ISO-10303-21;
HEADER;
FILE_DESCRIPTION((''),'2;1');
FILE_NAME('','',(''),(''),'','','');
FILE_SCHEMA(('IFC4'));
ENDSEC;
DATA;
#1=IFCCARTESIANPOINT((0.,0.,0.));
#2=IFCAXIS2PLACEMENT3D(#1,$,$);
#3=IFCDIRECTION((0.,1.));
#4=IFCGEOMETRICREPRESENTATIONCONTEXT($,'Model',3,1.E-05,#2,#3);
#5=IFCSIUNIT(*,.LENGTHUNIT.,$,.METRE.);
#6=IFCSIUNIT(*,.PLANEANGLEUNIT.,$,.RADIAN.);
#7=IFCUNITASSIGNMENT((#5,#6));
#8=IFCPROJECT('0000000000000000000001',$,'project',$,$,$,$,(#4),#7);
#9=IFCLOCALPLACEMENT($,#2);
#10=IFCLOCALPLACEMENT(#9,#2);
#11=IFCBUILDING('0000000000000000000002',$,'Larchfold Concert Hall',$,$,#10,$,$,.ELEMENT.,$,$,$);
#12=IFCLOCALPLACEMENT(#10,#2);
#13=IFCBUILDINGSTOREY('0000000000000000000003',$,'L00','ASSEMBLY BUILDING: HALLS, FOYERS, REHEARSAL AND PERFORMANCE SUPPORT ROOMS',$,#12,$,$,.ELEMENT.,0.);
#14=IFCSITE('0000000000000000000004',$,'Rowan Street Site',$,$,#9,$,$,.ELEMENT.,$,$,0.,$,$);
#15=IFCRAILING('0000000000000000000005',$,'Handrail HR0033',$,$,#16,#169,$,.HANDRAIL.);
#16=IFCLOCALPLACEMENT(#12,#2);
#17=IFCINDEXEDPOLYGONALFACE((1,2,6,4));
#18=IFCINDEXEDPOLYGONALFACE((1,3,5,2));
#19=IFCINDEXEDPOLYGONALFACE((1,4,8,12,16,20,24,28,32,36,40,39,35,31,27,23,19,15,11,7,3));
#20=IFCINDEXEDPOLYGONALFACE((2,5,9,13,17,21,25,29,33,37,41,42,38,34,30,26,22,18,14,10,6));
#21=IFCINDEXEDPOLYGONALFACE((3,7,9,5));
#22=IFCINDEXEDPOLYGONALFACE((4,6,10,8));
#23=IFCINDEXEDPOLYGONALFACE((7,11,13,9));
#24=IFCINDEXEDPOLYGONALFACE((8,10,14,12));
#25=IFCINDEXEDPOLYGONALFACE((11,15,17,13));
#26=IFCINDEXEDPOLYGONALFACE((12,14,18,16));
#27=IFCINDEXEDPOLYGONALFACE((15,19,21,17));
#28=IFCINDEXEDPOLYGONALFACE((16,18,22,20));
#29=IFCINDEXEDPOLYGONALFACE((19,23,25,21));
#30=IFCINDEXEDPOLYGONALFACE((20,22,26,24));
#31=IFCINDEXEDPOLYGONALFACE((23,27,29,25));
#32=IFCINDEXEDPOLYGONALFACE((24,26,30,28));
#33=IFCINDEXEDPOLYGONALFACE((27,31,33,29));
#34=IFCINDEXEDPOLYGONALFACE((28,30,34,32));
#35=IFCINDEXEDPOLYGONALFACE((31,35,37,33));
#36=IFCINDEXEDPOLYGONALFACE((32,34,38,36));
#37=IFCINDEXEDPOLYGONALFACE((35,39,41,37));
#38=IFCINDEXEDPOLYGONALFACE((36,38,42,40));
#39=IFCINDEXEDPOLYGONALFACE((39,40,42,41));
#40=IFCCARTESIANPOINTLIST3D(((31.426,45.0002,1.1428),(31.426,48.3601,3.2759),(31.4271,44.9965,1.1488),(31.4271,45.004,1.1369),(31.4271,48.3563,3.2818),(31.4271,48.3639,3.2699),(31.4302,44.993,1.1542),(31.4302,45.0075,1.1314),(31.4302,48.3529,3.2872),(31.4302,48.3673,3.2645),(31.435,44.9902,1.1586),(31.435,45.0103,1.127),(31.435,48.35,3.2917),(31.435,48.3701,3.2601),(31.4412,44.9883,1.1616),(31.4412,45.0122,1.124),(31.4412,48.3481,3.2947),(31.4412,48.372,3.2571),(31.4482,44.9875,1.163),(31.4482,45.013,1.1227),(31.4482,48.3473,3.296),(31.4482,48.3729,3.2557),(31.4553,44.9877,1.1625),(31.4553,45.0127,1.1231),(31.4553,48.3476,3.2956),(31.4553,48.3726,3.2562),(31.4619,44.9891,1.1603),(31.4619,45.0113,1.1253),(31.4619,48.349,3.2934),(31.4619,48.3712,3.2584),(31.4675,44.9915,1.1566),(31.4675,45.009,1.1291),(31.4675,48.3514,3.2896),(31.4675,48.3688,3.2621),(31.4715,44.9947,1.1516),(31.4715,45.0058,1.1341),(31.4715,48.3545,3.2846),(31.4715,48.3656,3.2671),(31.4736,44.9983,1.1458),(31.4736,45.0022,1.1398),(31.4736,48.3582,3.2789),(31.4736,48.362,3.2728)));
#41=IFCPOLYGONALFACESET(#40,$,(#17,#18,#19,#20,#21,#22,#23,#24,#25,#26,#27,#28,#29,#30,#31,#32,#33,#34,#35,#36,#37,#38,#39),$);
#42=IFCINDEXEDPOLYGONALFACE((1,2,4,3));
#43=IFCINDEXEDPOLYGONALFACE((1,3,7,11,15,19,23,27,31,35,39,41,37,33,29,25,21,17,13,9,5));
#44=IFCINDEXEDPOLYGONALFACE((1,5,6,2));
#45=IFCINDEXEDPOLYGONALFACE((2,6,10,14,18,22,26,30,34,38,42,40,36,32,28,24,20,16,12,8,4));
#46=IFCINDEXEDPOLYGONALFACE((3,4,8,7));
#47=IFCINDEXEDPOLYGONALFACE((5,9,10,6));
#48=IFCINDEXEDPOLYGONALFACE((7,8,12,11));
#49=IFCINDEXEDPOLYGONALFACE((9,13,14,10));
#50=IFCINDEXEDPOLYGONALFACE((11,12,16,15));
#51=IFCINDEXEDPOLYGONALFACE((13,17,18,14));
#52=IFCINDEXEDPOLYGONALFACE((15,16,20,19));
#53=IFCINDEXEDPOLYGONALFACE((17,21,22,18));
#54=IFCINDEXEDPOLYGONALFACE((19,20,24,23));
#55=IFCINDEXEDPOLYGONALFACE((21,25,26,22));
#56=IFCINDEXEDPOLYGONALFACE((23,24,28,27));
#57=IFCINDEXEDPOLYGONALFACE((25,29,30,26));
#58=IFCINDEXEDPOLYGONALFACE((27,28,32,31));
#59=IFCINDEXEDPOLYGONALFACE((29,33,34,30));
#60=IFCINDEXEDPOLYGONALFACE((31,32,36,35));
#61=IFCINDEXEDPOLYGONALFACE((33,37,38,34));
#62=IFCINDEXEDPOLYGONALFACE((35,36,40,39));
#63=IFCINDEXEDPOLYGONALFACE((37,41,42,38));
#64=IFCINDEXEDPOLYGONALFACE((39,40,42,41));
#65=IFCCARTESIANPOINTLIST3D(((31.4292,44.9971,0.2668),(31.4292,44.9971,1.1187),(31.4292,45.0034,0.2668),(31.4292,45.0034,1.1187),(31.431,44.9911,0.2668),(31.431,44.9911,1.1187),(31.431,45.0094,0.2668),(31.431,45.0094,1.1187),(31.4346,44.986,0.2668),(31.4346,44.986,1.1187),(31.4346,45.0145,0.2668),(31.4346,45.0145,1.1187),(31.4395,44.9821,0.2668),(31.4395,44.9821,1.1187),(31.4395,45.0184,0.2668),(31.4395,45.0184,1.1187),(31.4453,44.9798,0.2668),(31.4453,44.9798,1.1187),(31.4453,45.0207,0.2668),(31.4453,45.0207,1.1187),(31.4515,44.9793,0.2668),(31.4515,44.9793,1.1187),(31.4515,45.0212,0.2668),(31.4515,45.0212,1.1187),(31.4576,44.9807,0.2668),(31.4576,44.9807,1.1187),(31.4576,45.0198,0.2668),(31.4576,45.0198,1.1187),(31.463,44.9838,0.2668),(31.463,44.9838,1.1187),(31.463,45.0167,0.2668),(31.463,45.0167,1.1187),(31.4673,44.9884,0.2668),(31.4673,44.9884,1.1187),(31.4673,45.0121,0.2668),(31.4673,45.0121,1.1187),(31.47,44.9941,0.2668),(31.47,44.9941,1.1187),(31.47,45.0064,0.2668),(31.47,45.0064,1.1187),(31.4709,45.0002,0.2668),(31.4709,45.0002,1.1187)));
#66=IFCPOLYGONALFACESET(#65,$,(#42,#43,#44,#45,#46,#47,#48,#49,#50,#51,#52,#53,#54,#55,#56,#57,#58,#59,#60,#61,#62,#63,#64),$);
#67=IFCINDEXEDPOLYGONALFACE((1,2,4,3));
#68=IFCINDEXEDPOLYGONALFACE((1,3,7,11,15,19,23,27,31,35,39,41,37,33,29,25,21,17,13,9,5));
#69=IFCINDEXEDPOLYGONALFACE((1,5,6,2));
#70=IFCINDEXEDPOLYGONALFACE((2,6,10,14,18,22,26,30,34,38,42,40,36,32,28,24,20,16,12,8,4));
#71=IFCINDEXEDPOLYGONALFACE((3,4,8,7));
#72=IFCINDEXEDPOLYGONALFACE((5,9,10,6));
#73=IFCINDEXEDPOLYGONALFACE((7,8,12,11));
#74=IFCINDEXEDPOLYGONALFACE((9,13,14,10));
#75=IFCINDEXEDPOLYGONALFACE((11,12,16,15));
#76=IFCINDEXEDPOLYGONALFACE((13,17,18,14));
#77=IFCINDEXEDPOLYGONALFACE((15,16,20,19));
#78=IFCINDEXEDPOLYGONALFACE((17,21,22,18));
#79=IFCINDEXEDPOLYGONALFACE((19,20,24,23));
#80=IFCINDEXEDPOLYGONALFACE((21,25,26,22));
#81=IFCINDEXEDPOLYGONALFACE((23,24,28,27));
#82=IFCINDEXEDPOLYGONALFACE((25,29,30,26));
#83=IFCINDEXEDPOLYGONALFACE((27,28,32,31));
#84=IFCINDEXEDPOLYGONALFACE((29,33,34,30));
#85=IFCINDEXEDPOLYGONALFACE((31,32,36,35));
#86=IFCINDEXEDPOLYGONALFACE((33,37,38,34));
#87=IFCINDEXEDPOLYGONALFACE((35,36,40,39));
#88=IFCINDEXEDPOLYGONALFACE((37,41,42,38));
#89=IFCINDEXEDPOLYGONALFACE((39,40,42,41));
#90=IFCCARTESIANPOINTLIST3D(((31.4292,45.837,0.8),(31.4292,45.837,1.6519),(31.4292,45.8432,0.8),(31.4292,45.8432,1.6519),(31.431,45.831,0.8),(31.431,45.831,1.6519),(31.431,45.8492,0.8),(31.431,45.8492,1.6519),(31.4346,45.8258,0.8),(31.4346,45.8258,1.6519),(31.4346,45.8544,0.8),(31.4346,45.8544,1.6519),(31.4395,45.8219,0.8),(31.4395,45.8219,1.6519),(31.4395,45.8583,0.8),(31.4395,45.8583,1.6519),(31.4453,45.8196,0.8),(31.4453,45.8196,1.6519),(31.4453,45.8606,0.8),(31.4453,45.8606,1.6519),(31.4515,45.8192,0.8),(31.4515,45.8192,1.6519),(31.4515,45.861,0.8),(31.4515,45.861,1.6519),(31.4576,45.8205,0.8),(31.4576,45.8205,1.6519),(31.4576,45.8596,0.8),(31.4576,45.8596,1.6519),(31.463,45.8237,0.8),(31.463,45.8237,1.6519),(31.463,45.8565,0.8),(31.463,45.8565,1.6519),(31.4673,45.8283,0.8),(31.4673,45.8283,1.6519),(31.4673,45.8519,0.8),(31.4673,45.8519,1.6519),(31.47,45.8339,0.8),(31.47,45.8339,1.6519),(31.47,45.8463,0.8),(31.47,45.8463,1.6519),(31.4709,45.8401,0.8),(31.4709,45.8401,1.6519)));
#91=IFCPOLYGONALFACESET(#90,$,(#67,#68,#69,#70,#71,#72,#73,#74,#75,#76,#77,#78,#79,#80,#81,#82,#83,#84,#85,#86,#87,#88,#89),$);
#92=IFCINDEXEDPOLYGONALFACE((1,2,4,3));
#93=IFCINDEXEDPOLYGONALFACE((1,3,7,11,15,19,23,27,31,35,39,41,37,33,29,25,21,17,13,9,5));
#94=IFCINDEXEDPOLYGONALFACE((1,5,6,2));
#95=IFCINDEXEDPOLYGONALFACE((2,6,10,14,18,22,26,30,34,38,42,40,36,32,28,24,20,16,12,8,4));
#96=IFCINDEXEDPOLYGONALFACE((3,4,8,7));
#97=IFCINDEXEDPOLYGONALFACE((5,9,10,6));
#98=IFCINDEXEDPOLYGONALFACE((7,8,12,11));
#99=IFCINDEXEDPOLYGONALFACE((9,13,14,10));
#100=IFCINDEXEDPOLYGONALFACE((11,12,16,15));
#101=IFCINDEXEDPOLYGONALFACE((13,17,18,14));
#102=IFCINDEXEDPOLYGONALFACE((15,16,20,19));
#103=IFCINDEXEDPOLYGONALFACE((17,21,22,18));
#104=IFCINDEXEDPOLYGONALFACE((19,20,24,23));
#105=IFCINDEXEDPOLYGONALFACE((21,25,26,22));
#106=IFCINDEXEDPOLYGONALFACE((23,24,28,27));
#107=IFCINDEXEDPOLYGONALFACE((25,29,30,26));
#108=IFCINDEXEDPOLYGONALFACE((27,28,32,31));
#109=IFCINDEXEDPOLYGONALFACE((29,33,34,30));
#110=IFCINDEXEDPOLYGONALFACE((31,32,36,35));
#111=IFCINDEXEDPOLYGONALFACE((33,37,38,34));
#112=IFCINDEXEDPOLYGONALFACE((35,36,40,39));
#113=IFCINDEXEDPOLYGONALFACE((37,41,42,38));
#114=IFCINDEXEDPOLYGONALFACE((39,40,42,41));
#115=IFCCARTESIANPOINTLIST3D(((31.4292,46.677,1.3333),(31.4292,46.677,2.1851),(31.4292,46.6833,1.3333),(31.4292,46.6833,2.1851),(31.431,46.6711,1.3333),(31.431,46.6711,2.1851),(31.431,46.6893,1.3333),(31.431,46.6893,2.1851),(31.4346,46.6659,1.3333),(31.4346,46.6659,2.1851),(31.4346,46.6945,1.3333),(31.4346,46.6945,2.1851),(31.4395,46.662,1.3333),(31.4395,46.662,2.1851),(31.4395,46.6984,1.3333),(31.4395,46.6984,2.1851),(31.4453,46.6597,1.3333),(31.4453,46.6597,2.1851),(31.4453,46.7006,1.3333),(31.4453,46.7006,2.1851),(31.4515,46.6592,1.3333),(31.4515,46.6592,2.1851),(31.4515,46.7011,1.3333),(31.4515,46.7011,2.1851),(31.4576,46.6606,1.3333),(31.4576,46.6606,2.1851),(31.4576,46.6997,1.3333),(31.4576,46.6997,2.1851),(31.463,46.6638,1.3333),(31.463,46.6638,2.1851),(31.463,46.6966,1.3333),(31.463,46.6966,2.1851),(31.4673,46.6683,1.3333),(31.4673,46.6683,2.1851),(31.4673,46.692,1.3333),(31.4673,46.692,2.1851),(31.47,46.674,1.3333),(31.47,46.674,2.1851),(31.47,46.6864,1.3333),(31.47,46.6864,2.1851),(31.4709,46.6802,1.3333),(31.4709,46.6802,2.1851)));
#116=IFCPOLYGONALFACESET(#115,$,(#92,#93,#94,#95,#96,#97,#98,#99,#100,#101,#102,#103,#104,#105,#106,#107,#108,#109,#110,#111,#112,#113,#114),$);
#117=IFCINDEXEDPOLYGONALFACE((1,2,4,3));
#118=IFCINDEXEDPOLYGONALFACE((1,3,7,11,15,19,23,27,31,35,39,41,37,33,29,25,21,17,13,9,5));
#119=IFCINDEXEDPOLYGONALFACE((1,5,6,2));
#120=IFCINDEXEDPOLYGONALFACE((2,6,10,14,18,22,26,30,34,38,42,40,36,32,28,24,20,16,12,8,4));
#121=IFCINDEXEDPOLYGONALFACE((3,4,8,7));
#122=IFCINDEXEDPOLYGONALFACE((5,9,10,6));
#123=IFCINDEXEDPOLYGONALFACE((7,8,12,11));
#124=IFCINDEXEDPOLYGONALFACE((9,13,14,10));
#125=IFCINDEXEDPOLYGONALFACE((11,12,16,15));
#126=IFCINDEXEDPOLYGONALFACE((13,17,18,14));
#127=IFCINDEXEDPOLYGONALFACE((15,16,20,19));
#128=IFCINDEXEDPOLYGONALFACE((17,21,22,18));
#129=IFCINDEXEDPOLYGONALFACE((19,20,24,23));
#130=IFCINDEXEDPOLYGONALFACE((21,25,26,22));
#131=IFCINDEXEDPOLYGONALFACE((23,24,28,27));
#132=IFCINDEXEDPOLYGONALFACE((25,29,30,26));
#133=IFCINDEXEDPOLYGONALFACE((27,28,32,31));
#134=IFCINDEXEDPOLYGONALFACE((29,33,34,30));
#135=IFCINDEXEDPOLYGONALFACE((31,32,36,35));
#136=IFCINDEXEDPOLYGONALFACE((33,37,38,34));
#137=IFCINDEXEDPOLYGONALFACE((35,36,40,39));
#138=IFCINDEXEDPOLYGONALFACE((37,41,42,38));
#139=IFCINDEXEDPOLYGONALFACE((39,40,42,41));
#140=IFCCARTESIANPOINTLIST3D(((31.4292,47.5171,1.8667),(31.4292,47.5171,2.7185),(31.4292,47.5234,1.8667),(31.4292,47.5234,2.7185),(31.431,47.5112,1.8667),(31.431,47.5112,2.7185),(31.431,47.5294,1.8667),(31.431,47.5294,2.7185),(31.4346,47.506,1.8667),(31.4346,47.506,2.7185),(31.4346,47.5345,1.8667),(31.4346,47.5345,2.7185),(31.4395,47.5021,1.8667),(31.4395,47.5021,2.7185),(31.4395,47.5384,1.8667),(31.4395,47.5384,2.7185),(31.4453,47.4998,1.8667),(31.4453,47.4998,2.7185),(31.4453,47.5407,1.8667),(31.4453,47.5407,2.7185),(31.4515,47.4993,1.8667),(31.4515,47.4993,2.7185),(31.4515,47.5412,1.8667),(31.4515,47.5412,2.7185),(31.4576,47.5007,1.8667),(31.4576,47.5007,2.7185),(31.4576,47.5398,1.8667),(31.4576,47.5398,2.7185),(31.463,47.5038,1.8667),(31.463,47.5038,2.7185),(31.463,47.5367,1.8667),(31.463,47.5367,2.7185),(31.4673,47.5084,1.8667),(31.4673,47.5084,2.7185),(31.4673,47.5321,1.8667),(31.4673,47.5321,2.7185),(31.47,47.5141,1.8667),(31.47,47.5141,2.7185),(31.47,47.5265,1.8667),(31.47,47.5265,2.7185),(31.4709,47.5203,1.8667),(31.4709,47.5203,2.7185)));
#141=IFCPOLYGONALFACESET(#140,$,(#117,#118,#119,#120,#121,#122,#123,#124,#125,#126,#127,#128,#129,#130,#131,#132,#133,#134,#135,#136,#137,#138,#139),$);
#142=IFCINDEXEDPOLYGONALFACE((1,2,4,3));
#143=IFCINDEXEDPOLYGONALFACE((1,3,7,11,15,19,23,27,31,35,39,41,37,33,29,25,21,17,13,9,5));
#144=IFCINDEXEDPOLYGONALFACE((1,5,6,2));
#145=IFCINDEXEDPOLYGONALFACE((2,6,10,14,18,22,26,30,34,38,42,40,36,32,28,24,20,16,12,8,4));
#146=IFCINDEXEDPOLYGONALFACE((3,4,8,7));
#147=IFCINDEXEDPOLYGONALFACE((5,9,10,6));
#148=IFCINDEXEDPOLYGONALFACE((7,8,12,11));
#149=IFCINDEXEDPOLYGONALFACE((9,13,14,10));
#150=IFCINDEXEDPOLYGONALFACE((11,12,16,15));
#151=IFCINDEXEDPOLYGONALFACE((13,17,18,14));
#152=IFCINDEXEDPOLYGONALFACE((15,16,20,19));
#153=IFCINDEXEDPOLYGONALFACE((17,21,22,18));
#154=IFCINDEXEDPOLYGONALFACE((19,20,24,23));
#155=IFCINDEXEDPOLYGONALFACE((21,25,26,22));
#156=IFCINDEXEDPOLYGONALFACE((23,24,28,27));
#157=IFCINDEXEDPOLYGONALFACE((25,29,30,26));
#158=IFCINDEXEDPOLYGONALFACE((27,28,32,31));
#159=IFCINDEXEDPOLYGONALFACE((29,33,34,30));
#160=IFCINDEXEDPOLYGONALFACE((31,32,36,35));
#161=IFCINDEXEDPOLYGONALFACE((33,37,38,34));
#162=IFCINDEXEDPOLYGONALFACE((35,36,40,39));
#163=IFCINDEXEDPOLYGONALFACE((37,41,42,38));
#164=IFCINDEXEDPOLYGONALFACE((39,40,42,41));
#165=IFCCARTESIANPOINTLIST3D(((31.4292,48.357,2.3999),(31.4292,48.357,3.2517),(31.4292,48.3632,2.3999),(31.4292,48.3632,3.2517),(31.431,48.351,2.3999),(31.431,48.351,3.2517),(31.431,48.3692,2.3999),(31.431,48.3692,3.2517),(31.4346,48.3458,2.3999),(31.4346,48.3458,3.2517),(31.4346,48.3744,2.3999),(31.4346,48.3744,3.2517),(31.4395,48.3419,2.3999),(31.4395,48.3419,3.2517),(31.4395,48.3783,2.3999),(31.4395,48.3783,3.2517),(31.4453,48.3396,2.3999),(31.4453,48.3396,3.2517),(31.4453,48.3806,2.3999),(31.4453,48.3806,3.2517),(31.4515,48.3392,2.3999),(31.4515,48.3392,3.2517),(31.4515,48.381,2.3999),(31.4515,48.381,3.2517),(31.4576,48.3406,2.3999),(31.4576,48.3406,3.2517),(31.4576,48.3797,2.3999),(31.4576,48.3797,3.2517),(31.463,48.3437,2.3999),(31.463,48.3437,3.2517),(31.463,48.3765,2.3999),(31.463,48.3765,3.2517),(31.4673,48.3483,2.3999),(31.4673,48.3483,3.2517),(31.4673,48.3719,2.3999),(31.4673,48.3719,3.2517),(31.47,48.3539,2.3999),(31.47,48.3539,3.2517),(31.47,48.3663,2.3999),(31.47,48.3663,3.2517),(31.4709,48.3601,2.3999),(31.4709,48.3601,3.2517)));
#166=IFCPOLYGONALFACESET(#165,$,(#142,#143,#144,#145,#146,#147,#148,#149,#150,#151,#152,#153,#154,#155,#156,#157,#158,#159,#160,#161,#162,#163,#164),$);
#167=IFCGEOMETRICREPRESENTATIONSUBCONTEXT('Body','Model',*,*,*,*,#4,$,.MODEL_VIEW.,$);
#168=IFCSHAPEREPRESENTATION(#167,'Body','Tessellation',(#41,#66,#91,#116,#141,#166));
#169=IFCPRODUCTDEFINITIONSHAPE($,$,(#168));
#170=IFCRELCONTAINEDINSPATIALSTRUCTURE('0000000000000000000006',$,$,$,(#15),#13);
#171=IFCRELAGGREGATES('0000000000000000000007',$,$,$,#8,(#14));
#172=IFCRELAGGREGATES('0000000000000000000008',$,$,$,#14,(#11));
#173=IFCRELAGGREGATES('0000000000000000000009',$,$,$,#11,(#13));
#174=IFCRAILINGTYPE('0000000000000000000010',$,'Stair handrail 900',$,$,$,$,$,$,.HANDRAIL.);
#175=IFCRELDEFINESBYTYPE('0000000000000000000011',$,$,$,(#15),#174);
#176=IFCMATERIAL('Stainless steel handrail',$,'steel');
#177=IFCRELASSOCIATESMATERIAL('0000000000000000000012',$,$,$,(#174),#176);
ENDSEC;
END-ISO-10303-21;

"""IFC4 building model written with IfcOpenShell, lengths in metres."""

from ifc_helpers import new_model, si_unit, direction, frame, origin, origin_2d, place, context, subcontext, project, spatial, circle, extrude, material, type_object, element, save


model = new_model("IFC4")

# Units and contexts
model_context = context("Model", 3, precision=1e-05, world=origin(), true_north=direction((0.0, 1.0)))
body_context = subcontext(model_context, "Body", "Model", "MODEL_VIEW")
ifc_project = project(units=[si_unit("LENGTHUNIT", "METRE"), si_unit("PLANEANGLEUNIT", "RADIAN")], contexts=[model_context])

# Site, building, storey
site_placement = place(None, origin())
site = spatial("IfcSite", under=ifc_project, at=site_placement, Name="Rowan Street Site", CompositionType="ELEMENT", RefElevation=0.0)
building_placement = place(site_placement, origin())
building = spatial("IfcBuilding", under=site, at=building_placement, Name="Larchfold Concert Hall", CompositionType="ELEMENT")
storey_placement = place(building_placement, origin())
storey = spatial("IfcBuildingStorey", under=building, at=storey_placement, Name="L00", Description="ASSEMBLY BUILDING: HALLS, FOYERS, REHEARSAL AND PERFORMANCE SUPPORT ROOMS", CompositionType="ELEMENT", Elevation=0.0)

# Railing
ifc_material_1 = material(Name="Stainless steel handrail", Category="steel")
railing_type_1 = type_object("IfcRailingType", Name="Stair handrail 900", PredefinedType="HANDRAIL", material=ifc_material_1)
railing_1_placement = place(storey_placement, frame((31.45, 45.0002, 0.2668)))
element("IfcRailing", 1, at=railing_1_placement, inside=storey, type_object=railing_type_1, Name="Handrail HR0033", PredefinedType="HANDRAIL", context=body_context, shape_type="SweptSolid", body=[
    extrude(circle(Radius=0.0239, at=origin_2d()), frame((0.0, 0.0, 0.876), z_axis=(0.0, 0.844234, 0.535974), x_axis=(-1.0, 0.0, 0.0)), (0.0, 0.0, 1.0), 3.9797),
    extrude(circle(Radius=0.021, at=origin_2d()), origin(), (0.0, 0.0, 1.0), 0.8518),
    extrude(circle(Radius=0.021, at=origin_2d()), frame((0.0, 0.8398, 0.5332)), (0.0, 0.0, 1.0), 0.8518),
    extrude(circle(Radius=0.021, at=origin_2d()), frame((0.0, 1.6799, 1.0664)), (0.0, 0.0, 1.0), 0.8518),
    extrude(circle(Radius=0.021, at=origin_2d()), frame((0.0, 2.52, 1.5999)), (0.0, 0.0, 1.0), 0.8518),
    extrude(circle(Radius=0.021, at=origin_2d()), frame((0.0, 3.3599, 2.1331)), (0.0, 0.0, 1.0), 0.8518),
])

save(model, "model.ifc")
